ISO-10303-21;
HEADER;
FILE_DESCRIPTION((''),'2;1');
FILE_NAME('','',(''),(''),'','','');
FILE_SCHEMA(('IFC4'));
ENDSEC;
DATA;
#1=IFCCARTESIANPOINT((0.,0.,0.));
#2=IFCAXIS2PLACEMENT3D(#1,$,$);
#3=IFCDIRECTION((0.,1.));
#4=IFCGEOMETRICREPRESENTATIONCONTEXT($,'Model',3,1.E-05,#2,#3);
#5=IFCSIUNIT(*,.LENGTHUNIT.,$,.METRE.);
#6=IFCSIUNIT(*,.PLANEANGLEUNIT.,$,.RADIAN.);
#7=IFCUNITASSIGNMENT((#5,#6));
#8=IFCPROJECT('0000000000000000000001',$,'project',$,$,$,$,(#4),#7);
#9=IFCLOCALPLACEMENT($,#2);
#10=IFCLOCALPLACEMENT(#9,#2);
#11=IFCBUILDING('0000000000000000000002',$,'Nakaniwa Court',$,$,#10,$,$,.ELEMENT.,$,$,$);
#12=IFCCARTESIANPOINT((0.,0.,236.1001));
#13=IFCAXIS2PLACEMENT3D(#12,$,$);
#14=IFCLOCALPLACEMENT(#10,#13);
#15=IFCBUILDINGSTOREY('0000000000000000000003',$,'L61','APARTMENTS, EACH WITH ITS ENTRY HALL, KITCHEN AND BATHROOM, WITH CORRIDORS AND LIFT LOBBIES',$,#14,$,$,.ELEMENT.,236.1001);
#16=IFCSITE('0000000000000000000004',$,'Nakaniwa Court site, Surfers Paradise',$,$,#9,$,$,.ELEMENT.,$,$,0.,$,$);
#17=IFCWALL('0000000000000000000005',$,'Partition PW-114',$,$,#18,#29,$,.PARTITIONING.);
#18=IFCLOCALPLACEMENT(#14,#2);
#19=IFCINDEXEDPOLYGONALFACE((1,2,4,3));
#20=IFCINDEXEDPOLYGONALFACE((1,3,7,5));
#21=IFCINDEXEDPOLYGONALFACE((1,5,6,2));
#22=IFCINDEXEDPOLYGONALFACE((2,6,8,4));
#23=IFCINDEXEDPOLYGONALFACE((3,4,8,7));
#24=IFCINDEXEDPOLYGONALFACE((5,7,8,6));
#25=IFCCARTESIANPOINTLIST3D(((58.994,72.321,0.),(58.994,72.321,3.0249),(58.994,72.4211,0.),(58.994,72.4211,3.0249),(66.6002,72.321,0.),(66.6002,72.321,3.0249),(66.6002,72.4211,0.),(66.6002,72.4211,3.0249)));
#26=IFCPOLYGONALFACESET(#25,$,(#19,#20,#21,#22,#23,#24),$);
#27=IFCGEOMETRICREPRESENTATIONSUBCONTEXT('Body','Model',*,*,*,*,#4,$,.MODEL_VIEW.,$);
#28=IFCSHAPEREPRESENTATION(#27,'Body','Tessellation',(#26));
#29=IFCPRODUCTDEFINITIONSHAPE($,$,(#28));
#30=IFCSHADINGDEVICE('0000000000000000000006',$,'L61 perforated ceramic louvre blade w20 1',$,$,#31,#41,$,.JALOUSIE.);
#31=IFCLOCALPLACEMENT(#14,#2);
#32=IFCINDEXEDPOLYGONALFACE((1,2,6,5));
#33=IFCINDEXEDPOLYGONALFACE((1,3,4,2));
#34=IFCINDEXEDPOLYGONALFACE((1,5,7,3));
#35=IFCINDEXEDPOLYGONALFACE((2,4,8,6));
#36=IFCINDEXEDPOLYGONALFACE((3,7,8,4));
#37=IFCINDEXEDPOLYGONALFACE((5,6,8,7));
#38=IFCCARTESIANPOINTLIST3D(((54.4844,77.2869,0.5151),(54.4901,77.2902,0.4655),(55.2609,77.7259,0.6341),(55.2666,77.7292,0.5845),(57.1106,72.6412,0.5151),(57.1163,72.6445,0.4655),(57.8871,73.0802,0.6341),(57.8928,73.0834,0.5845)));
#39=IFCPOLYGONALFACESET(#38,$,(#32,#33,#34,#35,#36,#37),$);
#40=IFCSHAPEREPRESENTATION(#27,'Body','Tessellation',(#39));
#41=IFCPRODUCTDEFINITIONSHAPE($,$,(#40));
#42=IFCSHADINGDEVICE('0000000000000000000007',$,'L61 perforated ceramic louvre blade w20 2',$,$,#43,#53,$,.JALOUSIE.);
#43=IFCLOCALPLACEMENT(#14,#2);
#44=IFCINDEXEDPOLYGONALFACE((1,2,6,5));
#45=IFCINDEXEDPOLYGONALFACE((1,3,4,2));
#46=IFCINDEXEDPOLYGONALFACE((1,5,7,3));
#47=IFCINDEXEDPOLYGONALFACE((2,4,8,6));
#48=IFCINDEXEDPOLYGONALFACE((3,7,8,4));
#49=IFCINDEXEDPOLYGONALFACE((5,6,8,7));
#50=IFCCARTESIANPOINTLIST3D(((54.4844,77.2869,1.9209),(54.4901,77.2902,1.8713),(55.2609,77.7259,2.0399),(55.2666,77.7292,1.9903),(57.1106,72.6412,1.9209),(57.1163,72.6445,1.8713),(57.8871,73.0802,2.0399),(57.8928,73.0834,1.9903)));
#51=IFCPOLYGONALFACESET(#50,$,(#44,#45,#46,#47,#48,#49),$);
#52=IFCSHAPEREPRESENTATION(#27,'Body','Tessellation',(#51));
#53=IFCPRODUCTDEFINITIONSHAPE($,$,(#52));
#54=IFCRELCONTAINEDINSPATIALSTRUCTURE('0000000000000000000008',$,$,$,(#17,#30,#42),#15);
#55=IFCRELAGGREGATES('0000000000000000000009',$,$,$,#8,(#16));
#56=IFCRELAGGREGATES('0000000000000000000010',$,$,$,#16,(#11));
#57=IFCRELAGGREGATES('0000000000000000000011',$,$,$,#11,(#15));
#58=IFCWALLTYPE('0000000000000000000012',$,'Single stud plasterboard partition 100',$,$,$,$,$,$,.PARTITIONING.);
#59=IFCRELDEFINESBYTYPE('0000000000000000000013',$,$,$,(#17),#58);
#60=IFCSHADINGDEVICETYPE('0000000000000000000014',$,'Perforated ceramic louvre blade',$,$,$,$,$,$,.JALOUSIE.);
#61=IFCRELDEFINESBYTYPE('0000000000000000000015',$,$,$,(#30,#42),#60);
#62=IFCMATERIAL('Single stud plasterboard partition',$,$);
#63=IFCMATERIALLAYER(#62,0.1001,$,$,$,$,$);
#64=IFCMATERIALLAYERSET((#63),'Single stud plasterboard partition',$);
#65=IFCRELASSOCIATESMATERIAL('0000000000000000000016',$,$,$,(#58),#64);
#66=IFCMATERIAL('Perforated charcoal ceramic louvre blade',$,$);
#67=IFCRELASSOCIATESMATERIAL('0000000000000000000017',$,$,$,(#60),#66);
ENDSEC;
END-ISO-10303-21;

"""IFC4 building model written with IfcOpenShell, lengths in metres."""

from ifc_helpers import new_model, si_unit, direction, frame, frame_2d, origin, origin_2d, place, context, subcontext, project, spatial, rectangle, extrude, material, layer, layer_set, material_profile, profile_set, type_object, element, save


model = new_model("IFC4")

# Units and contexts
model_context = context("Model", 3, precision=1e-05, world=origin(), true_north=direction((0.0, 1.0)))
body_context = subcontext(model_context, "Body", "Model", "MODEL_VIEW")
ifc_project = project(units=[si_unit("LENGTHUNIT", "METRE"), si_unit("PLANEANGLEUNIT", "RADIAN")], contexts=[model_context])

# Site, building, storey
site_placement = place(None, origin())
site = spatial("IfcSite", under=ifc_project, at=site_placement, Name="Nakaniwa Court site, Surfers Paradise", CompositionType="ELEMENT", RefElevation=0.0)
building_placement = place(site_placement, origin())
building = spatial("IfcBuilding", under=site, at=building_placement, Name="Nakaniwa Court", CompositionType="ELEMENT")
storey_placement = place(building_placement, frame((0.0, 0.0, 236.1001)))
storey = spatial("IfcBuildingStorey", under=building, at=storey_placement, Name="L61", Description="APARTMENTS, EACH WITH ITS ENTRY HALL, KITCHEN AND BATHROOM, WITH CORRIDORS AND LIFT LOBBIES", CompositionType="ELEMENT", Elevation=236.1001)

# Shared definitions
ifc_material_1 = material(Name="Single stud plasterboard partition")
ifc_layer_1 = layer(ifc_material_1, 0.1001)
ifc_layer_set_1 = layer_set([ifc_layer_1], Name="Single stud plasterboard partition")
wall_type_1 = type_object("IfcWallType", Name="Single stud plasterboard partition 100", PredefinedType="PARTITIONING", material=ifc_layer_set_1)

# Wall
wall_1_placement = place(storey_placement, frame((58.9939, 72.3711, 0.0), z_axis=(0.0, 0.0, 1.0), x_axis=(1.0, 0.0, 0.0)))
element("IfcWall", 1, at=wall_1_placement, inside=storey, type_object=wall_type_1, Name="Partition PW-114", PredefinedType="PARTITIONING", context=body_context, shape_type="SweptSolid", body=[
    extrude(rectangle(XDim=7.6062, YDim=0.1001, at=frame_2d((3.8032, 0.0))), origin(), (0.0, 0.0, 1.0), 3.0249),
])

# Shading devices
ifc_material_2 = material(Name="Perforated charcoal ceramic louvre blade")
ifc_material_profile_1 = material_profile(ifc_material_2, rectangle(XDim=0.8999, YDim=0.05, at=origin_2d()), Name="Perforated ceramic louvre blade")
ifc_profile_set_1 = profile_set([ifc_material_profile_1], Name="Perforated charcoal ceramic louvre blade")
shading_device_type = type_object("IfcShadingDeviceType", Name="Perforated ceramic louvre blade", PredefinedType="JALOUSIE", material=ifc_profile_set_1)
for number, where, z_axis, x_axis, name in (
    (2, (54.8755, 77.5081, 0.5498), (0.492109, -0.870534, 0.0), (0.862887, 0.487786, 0.132256), "L61 perforated ceramic louvre blade w20 1"),
    (3, (54.8755, 77.5081, 1.9556), (0.492109, -0.870534, 0.0), (0.862887, 0.487786, 0.132256), "L61 perforated ceramic louvre blade w20 2"),
):
    element("IfcShadingDevice", number, at=place(storey_placement, frame(where, z_axis=z_axis, x_axis=x_axis)), inside=storey, type_object=shading_device_type, Name=name, PredefinedType="JALOUSIE", context=body_context, shape_type="SweptSolid", body=[
        extrude(rectangle(XDim=0.8999, YDim=0.05, at=origin_2d()), origin(), (0.0, 0.0, 1.0), 5.3367),
    ])

save(model, "model.ifc")
